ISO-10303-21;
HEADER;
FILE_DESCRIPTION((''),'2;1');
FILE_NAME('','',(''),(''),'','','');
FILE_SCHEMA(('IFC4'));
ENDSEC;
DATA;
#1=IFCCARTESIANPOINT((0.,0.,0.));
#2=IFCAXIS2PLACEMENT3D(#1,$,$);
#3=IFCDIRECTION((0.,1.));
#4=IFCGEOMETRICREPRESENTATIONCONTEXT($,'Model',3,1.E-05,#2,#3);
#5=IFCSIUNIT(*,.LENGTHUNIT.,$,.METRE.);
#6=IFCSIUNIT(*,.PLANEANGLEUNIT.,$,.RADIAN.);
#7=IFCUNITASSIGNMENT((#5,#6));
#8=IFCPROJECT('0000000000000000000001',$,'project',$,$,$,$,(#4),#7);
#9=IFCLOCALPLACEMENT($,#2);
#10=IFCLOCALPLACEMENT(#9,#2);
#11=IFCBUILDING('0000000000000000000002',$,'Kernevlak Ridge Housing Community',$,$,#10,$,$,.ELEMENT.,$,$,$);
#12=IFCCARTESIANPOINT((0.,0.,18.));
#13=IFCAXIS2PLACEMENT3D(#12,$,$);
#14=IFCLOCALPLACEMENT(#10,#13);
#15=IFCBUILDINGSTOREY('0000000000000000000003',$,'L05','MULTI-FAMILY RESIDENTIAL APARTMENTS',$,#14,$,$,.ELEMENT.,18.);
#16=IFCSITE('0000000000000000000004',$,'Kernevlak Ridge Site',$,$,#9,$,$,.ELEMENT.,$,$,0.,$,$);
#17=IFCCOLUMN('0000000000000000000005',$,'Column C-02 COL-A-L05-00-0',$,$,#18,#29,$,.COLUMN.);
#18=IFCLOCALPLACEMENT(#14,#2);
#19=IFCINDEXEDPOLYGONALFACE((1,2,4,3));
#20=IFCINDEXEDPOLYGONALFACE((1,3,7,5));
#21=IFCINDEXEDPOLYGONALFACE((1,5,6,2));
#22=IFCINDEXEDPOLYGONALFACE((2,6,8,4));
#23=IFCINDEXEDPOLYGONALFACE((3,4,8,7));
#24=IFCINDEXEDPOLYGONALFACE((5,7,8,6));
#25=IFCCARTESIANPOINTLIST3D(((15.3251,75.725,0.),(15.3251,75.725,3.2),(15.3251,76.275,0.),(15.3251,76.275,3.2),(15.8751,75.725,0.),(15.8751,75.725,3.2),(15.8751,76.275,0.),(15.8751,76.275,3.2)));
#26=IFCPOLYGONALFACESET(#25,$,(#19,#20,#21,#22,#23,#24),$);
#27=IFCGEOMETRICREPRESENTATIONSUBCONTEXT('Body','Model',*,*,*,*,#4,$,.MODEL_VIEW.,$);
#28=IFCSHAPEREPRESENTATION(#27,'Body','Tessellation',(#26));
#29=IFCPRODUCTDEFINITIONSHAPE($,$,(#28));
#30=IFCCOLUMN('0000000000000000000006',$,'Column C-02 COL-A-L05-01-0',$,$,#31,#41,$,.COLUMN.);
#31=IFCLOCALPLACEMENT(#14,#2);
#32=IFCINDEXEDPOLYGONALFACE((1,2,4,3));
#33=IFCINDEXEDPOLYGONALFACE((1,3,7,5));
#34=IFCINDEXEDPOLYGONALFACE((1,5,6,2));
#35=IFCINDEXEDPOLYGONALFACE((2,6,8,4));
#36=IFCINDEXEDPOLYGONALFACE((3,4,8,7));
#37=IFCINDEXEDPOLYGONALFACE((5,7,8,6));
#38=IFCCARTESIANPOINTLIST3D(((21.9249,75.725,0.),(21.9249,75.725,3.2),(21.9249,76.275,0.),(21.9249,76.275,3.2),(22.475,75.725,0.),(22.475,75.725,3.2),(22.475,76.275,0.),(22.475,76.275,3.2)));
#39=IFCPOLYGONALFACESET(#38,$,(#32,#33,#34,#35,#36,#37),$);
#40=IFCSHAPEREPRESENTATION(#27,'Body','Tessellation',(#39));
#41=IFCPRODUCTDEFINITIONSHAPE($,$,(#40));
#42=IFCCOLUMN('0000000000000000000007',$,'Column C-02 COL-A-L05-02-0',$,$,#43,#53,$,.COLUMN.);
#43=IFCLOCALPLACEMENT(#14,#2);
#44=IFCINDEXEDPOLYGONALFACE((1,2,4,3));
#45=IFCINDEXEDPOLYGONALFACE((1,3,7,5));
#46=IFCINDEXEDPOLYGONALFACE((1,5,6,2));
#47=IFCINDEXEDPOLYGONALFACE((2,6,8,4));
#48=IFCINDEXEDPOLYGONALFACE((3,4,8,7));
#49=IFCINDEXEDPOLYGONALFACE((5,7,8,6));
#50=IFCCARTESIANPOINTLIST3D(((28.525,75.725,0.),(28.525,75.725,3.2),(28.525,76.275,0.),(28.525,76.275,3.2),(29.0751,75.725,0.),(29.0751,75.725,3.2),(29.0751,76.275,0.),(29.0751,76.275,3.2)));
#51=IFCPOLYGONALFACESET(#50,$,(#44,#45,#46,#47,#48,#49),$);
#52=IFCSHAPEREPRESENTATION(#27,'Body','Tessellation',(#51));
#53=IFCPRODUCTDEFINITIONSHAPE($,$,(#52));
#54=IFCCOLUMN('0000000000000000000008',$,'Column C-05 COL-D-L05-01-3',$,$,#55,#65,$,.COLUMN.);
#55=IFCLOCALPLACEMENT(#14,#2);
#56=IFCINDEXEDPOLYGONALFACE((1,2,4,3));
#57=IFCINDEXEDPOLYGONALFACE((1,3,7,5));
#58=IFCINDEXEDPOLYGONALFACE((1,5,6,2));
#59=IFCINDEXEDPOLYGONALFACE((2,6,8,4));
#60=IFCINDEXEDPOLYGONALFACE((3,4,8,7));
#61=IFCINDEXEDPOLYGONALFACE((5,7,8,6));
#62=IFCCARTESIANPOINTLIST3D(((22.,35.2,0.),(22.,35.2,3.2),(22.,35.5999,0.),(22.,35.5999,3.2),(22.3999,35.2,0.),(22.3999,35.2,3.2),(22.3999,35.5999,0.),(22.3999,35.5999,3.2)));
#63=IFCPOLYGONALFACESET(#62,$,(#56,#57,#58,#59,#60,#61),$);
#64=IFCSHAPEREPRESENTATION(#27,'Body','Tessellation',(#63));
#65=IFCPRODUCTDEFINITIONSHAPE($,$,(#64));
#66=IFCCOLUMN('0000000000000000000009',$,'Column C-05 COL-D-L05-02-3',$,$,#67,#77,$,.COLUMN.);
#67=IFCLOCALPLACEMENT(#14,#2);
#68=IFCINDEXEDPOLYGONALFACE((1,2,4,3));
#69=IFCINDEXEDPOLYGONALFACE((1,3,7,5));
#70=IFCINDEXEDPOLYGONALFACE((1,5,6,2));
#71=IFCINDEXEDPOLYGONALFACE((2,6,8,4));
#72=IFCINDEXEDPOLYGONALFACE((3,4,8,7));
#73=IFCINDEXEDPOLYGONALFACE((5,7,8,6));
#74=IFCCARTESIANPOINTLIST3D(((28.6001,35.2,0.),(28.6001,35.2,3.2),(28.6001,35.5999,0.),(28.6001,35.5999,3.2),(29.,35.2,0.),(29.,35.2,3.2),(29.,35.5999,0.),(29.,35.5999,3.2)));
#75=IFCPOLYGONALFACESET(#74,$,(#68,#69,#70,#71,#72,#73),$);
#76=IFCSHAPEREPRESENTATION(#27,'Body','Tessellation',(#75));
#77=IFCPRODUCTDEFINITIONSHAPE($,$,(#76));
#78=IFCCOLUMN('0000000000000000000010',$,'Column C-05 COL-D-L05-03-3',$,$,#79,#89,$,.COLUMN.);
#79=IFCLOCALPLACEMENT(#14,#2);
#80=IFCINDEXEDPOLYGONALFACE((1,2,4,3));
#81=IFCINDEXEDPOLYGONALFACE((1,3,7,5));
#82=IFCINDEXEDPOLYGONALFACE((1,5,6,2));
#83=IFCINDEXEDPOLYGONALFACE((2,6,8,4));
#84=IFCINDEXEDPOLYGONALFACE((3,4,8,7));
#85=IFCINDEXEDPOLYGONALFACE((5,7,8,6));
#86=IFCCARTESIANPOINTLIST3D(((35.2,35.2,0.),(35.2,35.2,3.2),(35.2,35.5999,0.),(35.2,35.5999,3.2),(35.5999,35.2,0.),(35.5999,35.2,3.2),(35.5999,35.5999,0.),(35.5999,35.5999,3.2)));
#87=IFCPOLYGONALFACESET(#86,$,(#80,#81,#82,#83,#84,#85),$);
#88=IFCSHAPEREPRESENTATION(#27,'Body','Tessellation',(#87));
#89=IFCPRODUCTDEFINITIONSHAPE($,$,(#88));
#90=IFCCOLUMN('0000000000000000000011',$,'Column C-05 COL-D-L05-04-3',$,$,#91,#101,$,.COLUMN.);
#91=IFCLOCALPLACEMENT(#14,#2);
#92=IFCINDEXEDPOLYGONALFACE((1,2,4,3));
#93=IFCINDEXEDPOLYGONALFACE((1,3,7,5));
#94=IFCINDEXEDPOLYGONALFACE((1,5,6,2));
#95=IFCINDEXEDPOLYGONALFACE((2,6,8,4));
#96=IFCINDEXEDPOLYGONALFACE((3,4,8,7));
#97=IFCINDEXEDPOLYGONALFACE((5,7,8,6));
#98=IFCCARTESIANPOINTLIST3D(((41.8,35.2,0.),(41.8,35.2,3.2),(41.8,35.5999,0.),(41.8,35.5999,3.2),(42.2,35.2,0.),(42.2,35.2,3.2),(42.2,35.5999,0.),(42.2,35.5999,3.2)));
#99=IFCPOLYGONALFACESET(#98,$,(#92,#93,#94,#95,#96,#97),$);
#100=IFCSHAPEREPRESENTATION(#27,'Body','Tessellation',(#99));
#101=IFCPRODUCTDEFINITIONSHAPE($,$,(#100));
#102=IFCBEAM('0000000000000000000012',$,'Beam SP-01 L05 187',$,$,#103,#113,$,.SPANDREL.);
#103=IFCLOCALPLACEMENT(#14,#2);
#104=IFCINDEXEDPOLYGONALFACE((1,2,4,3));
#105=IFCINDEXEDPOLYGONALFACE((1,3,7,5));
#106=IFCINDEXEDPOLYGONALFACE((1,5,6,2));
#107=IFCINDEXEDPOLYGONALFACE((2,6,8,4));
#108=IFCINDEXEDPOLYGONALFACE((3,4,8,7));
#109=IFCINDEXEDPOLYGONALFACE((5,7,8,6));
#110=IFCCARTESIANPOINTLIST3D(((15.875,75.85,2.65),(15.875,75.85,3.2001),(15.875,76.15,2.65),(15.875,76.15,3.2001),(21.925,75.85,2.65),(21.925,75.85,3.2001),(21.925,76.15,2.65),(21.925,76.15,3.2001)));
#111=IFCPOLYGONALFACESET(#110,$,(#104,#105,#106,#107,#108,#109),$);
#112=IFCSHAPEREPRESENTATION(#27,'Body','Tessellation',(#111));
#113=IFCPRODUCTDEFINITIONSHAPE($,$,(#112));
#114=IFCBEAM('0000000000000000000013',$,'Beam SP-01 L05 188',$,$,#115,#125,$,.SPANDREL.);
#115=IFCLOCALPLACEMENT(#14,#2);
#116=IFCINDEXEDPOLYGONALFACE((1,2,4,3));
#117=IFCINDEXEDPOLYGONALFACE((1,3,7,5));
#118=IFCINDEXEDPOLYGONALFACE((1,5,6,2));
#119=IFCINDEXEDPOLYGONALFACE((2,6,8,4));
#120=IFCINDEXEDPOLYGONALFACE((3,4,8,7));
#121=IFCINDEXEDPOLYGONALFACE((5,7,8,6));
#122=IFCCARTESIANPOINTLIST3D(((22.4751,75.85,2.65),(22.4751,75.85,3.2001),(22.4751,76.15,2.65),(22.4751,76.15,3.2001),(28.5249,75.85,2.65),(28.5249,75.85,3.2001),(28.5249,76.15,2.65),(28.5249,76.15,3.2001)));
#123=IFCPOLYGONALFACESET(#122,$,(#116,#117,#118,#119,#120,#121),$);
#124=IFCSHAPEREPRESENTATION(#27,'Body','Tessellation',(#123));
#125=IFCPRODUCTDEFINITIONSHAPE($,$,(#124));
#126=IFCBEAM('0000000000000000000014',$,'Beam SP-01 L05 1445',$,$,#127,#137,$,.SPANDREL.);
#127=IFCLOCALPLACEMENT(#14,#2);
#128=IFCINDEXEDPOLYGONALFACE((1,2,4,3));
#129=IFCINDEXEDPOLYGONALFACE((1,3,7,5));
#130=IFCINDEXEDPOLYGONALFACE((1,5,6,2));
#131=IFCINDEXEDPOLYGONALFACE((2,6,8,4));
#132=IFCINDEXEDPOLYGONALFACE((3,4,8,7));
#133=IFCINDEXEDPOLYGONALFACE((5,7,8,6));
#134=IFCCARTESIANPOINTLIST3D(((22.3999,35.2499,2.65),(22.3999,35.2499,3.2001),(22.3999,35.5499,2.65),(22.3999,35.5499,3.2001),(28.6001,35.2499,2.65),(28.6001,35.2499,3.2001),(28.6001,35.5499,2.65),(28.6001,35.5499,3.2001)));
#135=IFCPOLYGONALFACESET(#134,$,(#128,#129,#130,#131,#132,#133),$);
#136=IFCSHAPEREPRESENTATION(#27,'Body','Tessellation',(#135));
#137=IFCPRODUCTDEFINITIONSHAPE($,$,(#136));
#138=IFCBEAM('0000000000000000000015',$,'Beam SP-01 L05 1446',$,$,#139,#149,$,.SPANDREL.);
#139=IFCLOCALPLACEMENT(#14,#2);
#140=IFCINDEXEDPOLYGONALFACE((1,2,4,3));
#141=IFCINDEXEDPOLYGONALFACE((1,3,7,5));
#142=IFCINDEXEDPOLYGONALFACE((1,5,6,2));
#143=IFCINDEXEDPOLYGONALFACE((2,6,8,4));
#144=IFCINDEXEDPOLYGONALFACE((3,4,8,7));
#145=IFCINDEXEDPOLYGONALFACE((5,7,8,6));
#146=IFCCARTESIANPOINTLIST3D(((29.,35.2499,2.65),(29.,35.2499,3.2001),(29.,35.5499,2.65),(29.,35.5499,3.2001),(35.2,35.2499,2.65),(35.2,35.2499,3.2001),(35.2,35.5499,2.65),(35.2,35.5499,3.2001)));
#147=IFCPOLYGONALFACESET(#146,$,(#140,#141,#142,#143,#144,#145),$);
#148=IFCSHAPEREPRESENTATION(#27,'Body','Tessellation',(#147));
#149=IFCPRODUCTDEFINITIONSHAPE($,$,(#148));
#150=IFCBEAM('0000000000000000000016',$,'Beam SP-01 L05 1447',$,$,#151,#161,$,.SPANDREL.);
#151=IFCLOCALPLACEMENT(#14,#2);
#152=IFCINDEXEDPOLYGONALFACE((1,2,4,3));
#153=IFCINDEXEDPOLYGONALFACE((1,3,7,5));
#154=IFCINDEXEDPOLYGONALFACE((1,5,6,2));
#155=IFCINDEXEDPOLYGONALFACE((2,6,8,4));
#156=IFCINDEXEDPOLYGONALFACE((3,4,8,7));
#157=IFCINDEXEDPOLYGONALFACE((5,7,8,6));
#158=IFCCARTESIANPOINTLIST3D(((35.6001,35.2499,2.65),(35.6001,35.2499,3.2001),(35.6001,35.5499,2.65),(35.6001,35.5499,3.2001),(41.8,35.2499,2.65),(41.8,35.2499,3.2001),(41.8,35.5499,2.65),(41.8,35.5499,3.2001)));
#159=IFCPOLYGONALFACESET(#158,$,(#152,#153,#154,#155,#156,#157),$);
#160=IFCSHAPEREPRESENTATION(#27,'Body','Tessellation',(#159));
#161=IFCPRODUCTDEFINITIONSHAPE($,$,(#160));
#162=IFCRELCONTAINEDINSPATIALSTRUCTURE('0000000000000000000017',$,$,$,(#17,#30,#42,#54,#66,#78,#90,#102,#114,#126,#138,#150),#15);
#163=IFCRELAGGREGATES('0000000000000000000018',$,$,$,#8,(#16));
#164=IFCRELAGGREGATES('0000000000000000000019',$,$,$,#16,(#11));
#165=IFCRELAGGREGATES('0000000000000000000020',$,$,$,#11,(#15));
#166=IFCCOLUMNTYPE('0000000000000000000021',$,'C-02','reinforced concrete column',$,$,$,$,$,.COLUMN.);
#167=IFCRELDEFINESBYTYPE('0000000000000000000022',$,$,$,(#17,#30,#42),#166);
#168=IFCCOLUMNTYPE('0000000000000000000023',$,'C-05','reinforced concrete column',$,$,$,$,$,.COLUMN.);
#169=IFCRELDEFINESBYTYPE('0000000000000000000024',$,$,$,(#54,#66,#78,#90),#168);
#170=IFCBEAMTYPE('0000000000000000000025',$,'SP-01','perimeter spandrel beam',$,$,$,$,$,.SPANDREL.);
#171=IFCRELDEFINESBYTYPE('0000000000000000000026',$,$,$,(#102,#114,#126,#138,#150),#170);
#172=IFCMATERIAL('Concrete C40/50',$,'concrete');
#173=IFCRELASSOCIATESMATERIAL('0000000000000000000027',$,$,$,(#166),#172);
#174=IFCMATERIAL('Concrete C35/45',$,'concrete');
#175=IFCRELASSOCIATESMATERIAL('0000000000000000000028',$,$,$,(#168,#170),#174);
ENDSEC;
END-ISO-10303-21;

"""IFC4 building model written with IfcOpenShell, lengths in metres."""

from ifc_helpers import new_model, si_unit, direction, frame, origin, origin_2d, place, context, subcontext, project, spatial, rectangle, extrude, material, material_profile, profile_set, type_object, element, save


model = new_model("IFC4")

# Units and contexts
model_context = context("Model", 3, precision=1e-05, world=origin(), true_north=direction((0.0, 1.0)))
body_context = subcontext(model_context, "Body", "Model", "MODEL_VIEW")
ifc_project = project(units=[si_unit("LENGTHUNIT", "METRE"), si_unit("PLANEANGLEUNIT", "RADIAN")], contexts=[model_context])

# Site, building, storey
site_placement = place(None, origin())
site = spatial("IfcSite", under=ifc_project, at=site_placement, Name="Kernevlak Ridge Site", CompositionType="ELEMENT", RefElevation=0.0)
building_placement = place(site_placement, origin())
building = spatial("IfcBuilding", under=site, at=building_placement, Name="Kernevlak Ridge Housing Community", CompositionType="ELEMENT")
storey_placement = place(building_placement, frame((0.0, 0.0, 18.0)))
storey = spatial("IfcBuildingStorey", under=building, at=storey_placement, Name="L05", Description="MULTI-FAMILY RESIDENTIAL APARTMENTS", CompositionType="ELEMENT", Elevation=18.0)

# Columns
ifc_material_1 = material(Name="Concrete C40/50", Category="concrete")
ifc_material_profile_1 = material_profile(ifc_material_1, rectangle(XDim=0.55, YDim=0.55, at=origin_2d()), Name="RC 550x550")
ifc_profile_set_1 = profile_set([ifc_material_profile_1], Name="Concrete C40/50")
column_type_1 = type_object("IfcColumnType", Name="C-02", Description="reinforced concrete column", PredefinedType="COLUMN", material=ifc_profile_set_1)
for number, where, z_axis, x_axis, name in (
    (1, (15.6001, 76.0, 0.0), (0.0, 0.0, 1.0), (1.0, 0.0, 0.0), "Column C-02 COL-A-L05-00-0"),
    (2, (22.2, 76.0, 0.0), (0.0, 0.0, 1.0), (1.0, 0.0, 0.0), "Column C-02 COL-A-L05-01-0"),
    (3, (28.8, 76.0, 0.0), (0.0, 0.0, 1.0), (1.0, 0.0, 0.0), "Column C-02 COL-A-L05-02-0"),
):
    element("IfcColumn", number, at=place(storey_placement, frame(where, z_axis=z_axis, x_axis=x_axis)), inside=storey, type_object=column_type_1, Name=name, PredefinedType="COLUMN", context=body_context, shape_type="SweptSolid", body=[
        extrude(rectangle(XDim=0.55, YDim=0.55, at=origin_2d()), origin(), (0.0, 0.0, 1.0), 3.2),
    ])
ifc_material_2 = material(Name="Concrete C35/45", Category="concrete")
ifc_material_profile_2 = material_profile(ifc_material_2, rectangle(XDim=0.3999, YDim=0.3999, at=origin_2d()), Name="RC 400x400")
ifc_profile_set_2 = profile_set([ifc_material_profile_2], Name="Concrete C35/45")
column_type_2 = type_object("IfcColumnType", Name="C-05", Description="reinforced concrete column", PredefinedType="COLUMN", material=ifc_profile_set_2)
for number, where, z_axis, x_axis, name in (
    (4, (22.2, 35.3999, 0.0), (0.0, 0.0, 1.0), (1.0, 0.0, 0.0), "Column C-05 COL-D-L05-01-3"),
    (5, (28.8, 35.3999, 0.0), (0.0, 0.0, 1.0), (1.0, 0.0, 0.0), "Column C-05 COL-D-L05-02-3"),
    (6, (35.3999, 35.3999, 0.0), (0.0, 0.0, 1.0), (1.0, 0.0, 0.0), "Column C-05 COL-D-L05-03-3"),
    (7, (42.0, 35.3999, 0.0), (0.0, 0.0, 1.0), (1.0, 0.0, 0.0), "Column C-05 COL-D-L05-04-3"),
):
    element("IfcColumn", number, at=place(storey_placement, frame(where, z_axis=z_axis, x_axis=x_axis)), inside=storey, type_object=column_type_2, Name=name, PredefinedType="COLUMN", context=body_context, shape_type="SweptSolid", body=[
        extrude(rectangle(XDim=0.3999, YDim=0.3999, at=origin_2d()), origin(), (0.0, 0.0, 1.0), 3.2),
    ])

# Beams
ifc_material_profile_3 = material_profile(ifc_material_2, rectangle(XDim=0.3, YDim=0.55, at=origin_2d()), Name="RC 300x550")
ifc_profile_set_3 = profile_set([ifc_material_profile_3], Name="Concrete C35/45")
beam_type = type_object("IfcBeamType", Name="SP-01", Description="perimeter spandrel beam", PredefinedType="SPANDREL", material=ifc_profile_set_3)
beam_1_placement = place(storey_placement, frame((15.875, 76.0, 2.925), z_axis=(1.0, 0.0, 0.0), x_axis=(0.0, 1.0, 0.0)))
element("IfcBeam", 8, at=beam_1_placement, inside=storey, type_object=beam_type, Name="Beam SP-01 L05 187", PredefinedType="SPANDREL", context=body_context, shape_type="SweptSolid", body=[
    extrude(rectangle(XDim=0.3, YDim=0.55, at=origin_2d()), origin(), (0.0, 0.0, 1.0), 6.05),
])
beam_2_placement = place(storey_placement, frame((22.4751, 76.0, 2.925), z_axis=(1.0, 0.0, 0.0), x_axis=(0.0, 1.0, 0.0)))
element("IfcBeam", 9, at=beam_2_placement, inside=storey, type_object=beam_type, Name="Beam SP-01 L05 188", PredefinedType="SPANDREL", context=body_context, shape_type="SweptSolid", body=[
    extrude(rectangle(XDim=0.3, YDim=0.55, at=origin_2d()), origin(), (0.0, 0.0, 1.0), 6.0498),
])
beam_3_placement = place(storey_placement, frame((22.3999, 35.3999, 2.925), z_axis=(1.0, 0.0, 0.0), x_axis=(0.0, 1.0, 0.0)))
element("IfcBeam", 10, at=beam_3_placement, inside=storey, type_object=beam_type, Name="Beam SP-01 L05 1445", PredefinedType="SPANDREL", context=body_context, shape_type="SweptSolid", body=[
    extrude(rectangle(XDim=0.3, YDim=0.55, at=origin_2d()), origin(), (0.0, 0.0, 1.0), 6.2002),
])
for number, where, z_axis, x_axis, name in (
    (11, (29.0, 35.3999, 2.925), (1.0, 0.0, 0.0), (0.0, 1.0, 0.0), "Beam SP-01 L05 1446"),
    (12, (35.6001, 35.3999, 2.925), (1.0, 0.0, 0.0), (0.0, 1.0, 0.0), "Beam SP-01 L05 1447"),
):
    element("IfcBeam", number, at=place(storey_placement, frame(where, z_axis=z_axis, x_axis=x_axis)), inside=storey, type_object=beam_type, Name=name, PredefinedType="SPANDREL", context=body_context, shape_type="SweptSolid", body=[
        extrude(rectangle(XDim=0.3, YDim=0.55, at=origin_2d()), origin(), (0.0, 0.0, 1.0), 6.2),
    ])

save(model, "model.ifc")
